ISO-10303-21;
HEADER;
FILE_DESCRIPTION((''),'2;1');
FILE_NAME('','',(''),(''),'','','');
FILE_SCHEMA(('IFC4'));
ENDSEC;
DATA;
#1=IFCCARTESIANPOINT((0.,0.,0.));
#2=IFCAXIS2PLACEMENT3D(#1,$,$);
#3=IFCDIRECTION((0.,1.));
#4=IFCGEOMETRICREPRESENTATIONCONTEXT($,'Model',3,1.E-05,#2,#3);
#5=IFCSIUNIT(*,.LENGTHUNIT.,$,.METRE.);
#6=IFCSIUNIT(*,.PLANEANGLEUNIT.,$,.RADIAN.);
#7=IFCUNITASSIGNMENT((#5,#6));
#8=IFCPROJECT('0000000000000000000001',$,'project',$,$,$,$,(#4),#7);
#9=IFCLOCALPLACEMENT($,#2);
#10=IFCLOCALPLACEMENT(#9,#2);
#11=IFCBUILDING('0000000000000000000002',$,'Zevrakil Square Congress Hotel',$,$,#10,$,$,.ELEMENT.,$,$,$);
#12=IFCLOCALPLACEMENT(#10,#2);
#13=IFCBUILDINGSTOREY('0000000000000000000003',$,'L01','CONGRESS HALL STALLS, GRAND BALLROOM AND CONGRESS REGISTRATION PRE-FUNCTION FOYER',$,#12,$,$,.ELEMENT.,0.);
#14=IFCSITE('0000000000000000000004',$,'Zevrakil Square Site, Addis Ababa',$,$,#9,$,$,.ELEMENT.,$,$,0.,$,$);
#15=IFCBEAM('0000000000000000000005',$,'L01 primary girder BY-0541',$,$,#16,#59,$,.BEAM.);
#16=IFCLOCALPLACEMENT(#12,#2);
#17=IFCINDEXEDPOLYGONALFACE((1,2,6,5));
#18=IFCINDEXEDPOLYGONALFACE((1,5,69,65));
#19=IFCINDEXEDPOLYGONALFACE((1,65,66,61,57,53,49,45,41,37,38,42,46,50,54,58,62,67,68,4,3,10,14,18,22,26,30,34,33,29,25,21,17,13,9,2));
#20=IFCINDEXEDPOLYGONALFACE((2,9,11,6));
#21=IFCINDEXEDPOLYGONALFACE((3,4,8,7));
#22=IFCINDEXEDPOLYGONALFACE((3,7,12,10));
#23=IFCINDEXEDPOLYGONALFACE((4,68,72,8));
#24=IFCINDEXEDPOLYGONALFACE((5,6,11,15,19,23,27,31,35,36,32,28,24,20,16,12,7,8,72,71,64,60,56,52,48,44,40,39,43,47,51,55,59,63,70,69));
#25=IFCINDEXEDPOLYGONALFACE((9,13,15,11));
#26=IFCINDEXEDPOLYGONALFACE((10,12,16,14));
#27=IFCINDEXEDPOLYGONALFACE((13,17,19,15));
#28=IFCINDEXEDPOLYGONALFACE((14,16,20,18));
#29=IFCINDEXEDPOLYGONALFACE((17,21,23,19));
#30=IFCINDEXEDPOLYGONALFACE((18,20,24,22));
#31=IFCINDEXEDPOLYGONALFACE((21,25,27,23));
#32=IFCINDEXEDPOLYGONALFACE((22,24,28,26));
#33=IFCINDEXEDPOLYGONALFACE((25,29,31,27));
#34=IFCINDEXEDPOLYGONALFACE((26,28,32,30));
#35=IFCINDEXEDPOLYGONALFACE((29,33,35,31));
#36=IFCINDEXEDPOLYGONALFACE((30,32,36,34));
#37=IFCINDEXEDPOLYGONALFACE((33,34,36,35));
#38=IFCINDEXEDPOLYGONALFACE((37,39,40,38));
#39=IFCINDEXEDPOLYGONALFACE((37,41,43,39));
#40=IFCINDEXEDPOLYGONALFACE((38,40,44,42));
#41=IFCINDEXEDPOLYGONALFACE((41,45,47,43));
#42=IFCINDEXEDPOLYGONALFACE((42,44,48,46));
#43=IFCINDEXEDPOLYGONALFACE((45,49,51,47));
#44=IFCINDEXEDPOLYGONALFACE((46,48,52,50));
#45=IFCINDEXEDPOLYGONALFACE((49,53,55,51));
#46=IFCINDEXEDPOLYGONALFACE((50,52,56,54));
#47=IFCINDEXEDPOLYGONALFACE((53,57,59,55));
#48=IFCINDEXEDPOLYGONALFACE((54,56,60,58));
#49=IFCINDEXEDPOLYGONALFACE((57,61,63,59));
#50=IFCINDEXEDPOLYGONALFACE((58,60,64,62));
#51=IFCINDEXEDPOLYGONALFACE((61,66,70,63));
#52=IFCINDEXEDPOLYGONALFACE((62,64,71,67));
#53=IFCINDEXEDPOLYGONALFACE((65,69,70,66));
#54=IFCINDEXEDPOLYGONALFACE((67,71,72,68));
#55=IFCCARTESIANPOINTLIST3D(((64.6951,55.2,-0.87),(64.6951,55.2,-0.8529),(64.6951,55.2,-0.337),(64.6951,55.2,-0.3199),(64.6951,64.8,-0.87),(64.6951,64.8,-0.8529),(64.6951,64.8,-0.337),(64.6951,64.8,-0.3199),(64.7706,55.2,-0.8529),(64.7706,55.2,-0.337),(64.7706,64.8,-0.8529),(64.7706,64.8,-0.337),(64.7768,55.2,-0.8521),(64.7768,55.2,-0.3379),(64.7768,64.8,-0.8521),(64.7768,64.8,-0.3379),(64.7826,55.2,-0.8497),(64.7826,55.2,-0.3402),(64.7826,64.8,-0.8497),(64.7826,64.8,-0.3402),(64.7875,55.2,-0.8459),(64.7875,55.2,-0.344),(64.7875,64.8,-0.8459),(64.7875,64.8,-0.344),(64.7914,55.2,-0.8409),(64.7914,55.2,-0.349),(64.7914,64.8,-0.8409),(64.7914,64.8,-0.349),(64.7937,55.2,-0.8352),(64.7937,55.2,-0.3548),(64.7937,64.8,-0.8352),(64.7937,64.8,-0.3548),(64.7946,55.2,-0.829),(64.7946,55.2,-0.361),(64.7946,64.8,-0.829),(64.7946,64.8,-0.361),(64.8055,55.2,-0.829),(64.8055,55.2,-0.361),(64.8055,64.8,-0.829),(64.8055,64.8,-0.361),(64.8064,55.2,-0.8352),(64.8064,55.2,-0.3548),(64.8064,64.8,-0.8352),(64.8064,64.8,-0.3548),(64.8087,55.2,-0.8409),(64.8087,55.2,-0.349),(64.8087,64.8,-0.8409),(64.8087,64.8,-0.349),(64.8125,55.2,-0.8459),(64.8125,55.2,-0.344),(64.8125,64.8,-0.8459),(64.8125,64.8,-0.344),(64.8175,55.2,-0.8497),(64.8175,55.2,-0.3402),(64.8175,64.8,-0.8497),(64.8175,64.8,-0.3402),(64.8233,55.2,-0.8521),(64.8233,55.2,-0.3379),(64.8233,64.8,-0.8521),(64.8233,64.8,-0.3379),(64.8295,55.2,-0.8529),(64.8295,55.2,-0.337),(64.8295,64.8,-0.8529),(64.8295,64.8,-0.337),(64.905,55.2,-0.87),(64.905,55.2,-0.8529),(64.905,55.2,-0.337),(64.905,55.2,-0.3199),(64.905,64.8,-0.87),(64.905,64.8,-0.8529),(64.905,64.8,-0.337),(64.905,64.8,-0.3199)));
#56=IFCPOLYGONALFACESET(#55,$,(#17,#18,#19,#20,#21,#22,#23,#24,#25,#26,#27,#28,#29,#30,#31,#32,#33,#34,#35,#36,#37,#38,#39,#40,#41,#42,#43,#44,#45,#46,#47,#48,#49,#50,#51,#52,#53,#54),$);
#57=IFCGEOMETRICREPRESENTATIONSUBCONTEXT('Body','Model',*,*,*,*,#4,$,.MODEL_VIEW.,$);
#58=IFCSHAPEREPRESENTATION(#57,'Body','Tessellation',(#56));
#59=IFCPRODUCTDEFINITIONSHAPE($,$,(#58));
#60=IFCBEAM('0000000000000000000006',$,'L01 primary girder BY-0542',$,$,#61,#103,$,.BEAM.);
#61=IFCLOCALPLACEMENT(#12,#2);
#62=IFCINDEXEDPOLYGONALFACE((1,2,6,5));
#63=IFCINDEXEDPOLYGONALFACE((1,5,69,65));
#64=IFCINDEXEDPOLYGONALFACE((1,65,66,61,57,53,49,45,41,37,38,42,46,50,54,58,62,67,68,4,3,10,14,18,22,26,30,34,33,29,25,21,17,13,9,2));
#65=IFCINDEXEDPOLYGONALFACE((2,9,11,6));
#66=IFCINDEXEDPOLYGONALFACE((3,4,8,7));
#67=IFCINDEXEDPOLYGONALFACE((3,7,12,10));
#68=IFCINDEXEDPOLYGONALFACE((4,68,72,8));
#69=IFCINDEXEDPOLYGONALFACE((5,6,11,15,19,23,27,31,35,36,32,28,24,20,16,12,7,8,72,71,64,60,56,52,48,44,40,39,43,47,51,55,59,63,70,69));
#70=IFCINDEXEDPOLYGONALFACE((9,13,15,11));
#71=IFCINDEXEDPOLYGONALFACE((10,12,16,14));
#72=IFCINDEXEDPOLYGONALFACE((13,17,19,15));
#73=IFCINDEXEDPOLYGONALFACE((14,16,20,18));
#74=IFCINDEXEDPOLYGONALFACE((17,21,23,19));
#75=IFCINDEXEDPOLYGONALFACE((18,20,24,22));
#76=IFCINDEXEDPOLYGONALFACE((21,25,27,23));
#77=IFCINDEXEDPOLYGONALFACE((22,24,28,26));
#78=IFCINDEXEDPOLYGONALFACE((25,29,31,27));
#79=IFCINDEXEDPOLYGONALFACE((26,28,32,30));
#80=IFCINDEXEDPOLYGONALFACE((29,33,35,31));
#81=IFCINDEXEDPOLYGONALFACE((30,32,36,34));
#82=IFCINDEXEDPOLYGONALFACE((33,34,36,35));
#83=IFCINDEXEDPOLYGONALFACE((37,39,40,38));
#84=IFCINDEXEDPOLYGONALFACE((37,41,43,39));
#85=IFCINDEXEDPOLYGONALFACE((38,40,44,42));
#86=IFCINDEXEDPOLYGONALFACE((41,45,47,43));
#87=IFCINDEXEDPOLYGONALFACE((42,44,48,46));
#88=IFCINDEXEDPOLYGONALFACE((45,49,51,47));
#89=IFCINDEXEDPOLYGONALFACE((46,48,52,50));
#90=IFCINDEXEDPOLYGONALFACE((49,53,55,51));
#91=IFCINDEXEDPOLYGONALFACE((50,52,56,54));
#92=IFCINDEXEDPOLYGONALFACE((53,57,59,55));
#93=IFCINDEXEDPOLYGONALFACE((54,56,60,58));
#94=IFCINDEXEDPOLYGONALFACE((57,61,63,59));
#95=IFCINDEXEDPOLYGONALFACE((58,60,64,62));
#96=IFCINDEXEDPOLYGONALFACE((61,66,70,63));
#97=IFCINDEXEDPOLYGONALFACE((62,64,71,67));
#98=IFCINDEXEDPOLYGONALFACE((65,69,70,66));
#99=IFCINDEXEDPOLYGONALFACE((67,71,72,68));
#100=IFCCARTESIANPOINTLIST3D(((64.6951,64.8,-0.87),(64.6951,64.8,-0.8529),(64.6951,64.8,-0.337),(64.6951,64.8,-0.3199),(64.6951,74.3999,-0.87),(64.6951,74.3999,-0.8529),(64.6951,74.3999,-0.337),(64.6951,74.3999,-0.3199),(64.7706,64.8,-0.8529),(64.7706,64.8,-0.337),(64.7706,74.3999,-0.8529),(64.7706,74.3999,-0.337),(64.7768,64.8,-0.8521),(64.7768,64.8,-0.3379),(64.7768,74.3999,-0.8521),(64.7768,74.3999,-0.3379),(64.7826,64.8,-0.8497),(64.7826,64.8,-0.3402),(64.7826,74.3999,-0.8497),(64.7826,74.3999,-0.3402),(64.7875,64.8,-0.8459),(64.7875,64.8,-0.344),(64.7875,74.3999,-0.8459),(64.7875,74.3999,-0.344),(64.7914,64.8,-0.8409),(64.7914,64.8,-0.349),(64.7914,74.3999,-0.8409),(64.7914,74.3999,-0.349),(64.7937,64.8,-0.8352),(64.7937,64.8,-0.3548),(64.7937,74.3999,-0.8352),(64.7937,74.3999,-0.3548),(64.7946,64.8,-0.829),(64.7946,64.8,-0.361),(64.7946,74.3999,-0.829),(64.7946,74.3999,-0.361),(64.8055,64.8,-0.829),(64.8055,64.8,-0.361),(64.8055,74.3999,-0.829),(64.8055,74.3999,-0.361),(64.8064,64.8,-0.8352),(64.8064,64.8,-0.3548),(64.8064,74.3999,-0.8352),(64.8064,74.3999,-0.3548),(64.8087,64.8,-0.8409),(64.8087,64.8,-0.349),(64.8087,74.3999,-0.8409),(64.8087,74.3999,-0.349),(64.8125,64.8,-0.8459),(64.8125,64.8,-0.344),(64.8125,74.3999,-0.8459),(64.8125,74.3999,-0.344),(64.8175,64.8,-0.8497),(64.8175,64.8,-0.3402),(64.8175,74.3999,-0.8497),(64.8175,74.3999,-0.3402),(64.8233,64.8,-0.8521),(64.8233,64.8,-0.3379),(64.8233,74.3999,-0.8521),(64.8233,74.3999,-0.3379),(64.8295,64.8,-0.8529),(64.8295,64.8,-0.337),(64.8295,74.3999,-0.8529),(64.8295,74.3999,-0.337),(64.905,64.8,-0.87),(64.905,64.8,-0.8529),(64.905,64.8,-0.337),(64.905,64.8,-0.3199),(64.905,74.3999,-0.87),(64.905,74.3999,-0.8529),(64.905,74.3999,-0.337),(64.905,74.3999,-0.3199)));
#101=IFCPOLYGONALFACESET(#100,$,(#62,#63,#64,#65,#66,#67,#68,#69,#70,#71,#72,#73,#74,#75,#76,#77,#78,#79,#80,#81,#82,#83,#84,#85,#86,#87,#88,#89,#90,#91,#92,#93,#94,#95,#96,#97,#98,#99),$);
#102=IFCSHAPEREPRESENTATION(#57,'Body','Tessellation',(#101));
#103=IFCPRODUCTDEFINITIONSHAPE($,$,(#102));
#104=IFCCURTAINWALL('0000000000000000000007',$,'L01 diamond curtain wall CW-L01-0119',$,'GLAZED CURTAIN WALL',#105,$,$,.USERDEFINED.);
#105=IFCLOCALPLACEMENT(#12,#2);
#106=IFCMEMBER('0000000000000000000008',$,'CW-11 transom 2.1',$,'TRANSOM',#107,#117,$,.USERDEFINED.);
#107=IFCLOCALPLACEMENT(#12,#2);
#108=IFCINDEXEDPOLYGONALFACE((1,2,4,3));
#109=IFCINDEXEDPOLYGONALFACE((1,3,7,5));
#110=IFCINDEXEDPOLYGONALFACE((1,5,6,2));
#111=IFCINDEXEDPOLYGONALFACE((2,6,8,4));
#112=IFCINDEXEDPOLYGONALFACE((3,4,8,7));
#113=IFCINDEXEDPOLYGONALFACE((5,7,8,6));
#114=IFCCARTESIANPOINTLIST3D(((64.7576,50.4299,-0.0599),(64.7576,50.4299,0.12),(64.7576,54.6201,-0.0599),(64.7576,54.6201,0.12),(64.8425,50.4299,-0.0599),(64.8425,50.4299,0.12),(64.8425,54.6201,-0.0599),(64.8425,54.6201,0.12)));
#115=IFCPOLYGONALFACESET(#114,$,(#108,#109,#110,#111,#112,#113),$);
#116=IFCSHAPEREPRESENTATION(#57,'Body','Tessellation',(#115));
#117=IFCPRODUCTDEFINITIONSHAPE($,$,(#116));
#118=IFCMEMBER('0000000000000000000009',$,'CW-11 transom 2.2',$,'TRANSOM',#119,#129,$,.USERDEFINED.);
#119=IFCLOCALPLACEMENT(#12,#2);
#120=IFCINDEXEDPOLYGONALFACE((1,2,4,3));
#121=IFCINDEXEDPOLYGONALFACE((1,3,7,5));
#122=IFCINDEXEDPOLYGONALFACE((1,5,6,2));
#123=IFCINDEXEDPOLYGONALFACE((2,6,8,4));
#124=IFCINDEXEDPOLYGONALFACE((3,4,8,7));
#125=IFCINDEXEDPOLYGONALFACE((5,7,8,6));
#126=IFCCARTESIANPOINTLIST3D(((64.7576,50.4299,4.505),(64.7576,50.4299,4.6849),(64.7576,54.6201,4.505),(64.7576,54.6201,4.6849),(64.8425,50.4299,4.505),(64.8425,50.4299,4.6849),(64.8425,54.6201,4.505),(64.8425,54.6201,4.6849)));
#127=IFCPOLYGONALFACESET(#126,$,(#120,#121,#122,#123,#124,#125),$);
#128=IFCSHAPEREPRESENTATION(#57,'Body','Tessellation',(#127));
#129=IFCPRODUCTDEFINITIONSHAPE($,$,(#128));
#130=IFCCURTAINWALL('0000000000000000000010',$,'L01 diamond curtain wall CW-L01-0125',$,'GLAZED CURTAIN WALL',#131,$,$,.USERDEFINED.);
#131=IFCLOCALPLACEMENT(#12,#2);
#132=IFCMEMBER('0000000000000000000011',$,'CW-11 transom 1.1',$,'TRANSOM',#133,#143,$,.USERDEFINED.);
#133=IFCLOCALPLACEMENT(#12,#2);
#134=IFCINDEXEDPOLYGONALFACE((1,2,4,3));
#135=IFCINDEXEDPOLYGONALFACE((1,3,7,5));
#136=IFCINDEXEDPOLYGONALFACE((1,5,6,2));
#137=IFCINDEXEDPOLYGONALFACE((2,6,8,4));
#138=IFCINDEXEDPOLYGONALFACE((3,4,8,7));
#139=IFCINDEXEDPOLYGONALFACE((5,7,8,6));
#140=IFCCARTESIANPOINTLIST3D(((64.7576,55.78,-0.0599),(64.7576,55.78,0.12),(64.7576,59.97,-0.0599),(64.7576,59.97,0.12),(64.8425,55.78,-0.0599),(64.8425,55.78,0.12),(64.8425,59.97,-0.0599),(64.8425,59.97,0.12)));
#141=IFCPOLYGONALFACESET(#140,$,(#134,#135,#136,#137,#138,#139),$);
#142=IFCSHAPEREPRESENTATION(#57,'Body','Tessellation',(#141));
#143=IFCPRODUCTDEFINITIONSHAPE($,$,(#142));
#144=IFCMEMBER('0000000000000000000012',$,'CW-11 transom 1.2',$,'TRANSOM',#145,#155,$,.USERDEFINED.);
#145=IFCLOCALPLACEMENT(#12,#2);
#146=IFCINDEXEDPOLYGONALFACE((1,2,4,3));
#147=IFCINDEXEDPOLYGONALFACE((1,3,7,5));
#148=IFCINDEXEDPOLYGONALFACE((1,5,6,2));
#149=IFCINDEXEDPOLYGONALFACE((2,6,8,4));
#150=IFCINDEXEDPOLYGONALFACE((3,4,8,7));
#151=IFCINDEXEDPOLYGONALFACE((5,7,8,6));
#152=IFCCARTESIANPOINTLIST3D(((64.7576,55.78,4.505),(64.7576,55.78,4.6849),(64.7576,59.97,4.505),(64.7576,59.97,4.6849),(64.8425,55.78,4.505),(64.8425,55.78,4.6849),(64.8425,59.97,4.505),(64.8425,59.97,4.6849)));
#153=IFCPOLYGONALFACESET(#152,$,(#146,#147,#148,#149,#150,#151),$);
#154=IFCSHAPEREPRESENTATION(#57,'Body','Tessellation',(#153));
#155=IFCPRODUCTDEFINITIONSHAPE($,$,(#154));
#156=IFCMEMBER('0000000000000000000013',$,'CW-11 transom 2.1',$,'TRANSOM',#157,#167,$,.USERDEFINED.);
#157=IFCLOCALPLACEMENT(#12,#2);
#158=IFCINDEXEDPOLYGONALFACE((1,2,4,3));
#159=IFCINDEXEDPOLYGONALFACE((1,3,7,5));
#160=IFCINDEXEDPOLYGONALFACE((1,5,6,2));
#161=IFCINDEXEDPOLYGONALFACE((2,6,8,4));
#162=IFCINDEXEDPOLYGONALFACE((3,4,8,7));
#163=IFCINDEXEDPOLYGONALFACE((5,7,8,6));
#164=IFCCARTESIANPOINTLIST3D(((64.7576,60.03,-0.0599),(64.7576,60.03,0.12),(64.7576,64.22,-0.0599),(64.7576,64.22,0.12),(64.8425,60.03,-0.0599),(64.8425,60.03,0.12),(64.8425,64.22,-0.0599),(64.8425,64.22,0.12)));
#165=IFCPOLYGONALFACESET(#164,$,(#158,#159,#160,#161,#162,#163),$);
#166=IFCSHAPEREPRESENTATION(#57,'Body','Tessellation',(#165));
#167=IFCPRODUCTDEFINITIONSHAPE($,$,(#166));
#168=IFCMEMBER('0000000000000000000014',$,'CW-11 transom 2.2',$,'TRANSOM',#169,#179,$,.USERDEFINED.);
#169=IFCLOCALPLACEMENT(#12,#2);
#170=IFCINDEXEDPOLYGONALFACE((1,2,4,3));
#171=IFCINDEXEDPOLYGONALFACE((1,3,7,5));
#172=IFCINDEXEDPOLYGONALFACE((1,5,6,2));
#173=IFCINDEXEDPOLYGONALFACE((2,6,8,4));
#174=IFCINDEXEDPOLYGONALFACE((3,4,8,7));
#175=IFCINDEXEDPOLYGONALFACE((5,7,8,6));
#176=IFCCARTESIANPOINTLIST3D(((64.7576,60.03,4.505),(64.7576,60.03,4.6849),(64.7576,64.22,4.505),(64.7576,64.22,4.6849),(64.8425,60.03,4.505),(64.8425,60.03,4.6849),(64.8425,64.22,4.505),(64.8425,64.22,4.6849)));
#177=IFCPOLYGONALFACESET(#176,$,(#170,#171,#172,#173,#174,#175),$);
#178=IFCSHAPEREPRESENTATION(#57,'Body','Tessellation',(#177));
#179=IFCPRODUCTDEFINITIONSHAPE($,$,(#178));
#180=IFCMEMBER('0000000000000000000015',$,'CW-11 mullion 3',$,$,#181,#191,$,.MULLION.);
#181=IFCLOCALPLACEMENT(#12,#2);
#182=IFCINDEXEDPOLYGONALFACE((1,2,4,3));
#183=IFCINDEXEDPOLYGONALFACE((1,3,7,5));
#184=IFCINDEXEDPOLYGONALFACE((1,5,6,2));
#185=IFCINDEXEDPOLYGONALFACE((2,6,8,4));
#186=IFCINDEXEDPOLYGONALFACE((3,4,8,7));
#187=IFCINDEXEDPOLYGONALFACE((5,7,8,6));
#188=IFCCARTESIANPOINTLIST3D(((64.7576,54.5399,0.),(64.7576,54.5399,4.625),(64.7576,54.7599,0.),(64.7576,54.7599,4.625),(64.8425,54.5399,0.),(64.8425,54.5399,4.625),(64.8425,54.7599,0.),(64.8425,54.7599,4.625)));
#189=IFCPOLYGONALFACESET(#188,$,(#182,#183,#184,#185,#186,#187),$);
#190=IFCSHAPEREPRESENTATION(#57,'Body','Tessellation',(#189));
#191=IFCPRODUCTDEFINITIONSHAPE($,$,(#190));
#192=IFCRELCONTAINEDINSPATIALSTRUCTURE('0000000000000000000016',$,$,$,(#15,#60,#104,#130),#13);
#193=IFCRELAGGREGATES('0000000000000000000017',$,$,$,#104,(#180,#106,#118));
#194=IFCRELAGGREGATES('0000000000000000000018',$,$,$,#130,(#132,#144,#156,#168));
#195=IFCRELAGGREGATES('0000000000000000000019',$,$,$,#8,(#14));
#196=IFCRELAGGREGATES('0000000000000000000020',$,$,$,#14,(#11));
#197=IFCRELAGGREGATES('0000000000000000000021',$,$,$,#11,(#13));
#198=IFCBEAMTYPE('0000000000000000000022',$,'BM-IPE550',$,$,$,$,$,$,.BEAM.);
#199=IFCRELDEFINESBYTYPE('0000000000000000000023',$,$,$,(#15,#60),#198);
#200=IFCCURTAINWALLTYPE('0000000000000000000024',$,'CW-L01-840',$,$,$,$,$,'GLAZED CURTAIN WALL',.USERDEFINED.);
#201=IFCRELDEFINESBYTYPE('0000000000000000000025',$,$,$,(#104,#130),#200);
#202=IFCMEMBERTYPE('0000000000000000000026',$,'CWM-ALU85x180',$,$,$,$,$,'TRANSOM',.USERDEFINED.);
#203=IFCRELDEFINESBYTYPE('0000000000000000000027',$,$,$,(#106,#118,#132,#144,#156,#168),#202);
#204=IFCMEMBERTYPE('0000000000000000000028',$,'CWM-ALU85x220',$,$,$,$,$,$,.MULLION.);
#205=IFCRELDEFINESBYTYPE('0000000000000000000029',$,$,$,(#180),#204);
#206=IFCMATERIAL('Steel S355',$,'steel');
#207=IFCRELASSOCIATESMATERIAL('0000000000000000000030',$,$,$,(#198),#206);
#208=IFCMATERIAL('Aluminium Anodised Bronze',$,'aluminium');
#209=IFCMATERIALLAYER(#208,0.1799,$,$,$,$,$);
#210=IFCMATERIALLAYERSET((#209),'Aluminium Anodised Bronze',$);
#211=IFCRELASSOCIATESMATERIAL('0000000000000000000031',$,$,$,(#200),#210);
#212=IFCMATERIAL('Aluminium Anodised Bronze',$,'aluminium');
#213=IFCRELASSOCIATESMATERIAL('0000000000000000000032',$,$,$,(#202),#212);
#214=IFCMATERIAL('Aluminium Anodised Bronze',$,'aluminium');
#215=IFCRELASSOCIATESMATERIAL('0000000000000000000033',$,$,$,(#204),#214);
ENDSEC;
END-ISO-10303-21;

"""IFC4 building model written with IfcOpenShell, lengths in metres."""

from ifc_helpers import new_model, si_unit, direction, frame, origin, origin_2d, place, context, subcontext, project, spatial, rectangle, i_section, extrude, material, layer, layer_set, material_profile, profile_set, type_object, element, aggregate, save


model = new_model("IFC4")

# Units and contexts
model_context = context("Model", 3, precision=1e-05, world=origin(), true_north=direction((0.0, 1.0)))
body_context = subcontext(model_context, "Body", "Model", "MODEL_VIEW")
ifc_project = project(units=[si_unit("LENGTHUNIT", "METRE"), si_unit("PLANEANGLEUNIT", "RADIAN")], contexts=[model_context])

# Site, building, storey
site_placement = place(None, origin())
site = spatial("IfcSite", under=ifc_project, at=site_placement, Name="Zevrakil Square Site, Addis Ababa", CompositionType="ELEMENT", RefElevation=0.0)
building_placement = place(site_placement, origin())
building = spatial("IfcBuilding", under=site, at=building_placement, Name="Zevrakil Square Congress Hotel", CompositionType="ELEMENT")
storey_placement = place(building_placement, origin())
storey = spatial("IfcBuildingStorey", under=building, at=storey_placement, Name="L01", Description="CONGRESS HALL STALLS, GRAND BALLROOM AND CONGRESS REGISTRATION PRE-FUNCTION FOYER", CompositionType="ELEMENT", Elevation=0.0)

# Beams
ifc_material_1 = material(Name="Steel S355", Category="steel")
ifc_material_profile_1 = material_profile(ifc_material_1, i_section(OverallWidth=0.21, OverallDepth=0.55, WebThickness=0.011, FlangeThickness=0.0171, FilletRadius=0.0239, at=origin_2d()), Name="IPE 550")
ifc_profile_set_1 = profile_set([ifc_material_profile_1], Name="Steel S355")
beam_type_1 = type_object("IfcBeamType", Name="BM-IPE550", PredefinedType="BEAM", material=ifc_profile_set_1)
beam_1_placement = place(storey_placement, frame((64.8, 55.2, -0.595), z_axis=(0.0, 1.0, 0.0), x_axis=(-1.0, 0.0, 0.0)))
element("IfcBeam", 1, at=beam_1_placement, inside=storey, type_object=beam_type_1, Name="L01 primary girder BY-0541", PredefinedType="BEAM", context=body_context, shape_type="SweptSolid", body=[
    extrude(i_section(OverallWidth=0.21, OverallDepth=0.55, WebThickness=0.011, FlangeThickness=0.0171, FilletRadius=0.0239, at=origin_2d()), origin(), (0.0, 0.0, 1.0), 9.6001),
])
beam_2_placement = place(storey_placement, frame((64.8, 64.8, -0.595), z_axis=(0.0, 1.0, 0.0), x_axis=(-1.0, 0.0, 0.0)))
element("IfcBeam", 2, at=beam_2_placement, inside=storey, type_object=beam_type_1, Name="L01 primary girder BY-0542", PredefinedType="BEAM", context=body_context, shape_type="SweptSolid", body=[
    extrude(i_section(OverallWidth=0.21, OverallDepth=0.55, WebThickness=0.011, FlangeThickness=0.0171, FilletRadius=0.0239, at=origin_2d()), origin(), (0.0, 0.0, 1.0), 9.5999),
])

# Curtain walls, members
ifc_material_2 = material(Name="Aluminium Anodised Bronze", Category="aluminium")
ifc_layer_1 = layer(ifc_material_2, 0.1799)
ifc_layer_set_1 = layer_set([ifc_layer_1], Name="Aluminium Anodised Bronze")
curtain_wall_type = type_object("IfcCurtainWallType", Name="CW-L01-840", ElementType="GLAZED CURTAIN WALL", PredefinedType="USERDEFINED", material=ifc_layer_set_1)
curtain_wall_1_placement = place(storey_placement, origin())
curtain_wall_1 = element("IfcCurtainWall", 3, at=curtain_wall_1_placement, inside=storey, type_object=curtain_wall_type, Name="L01 diamond curtain wall CW-L01-0119", ObjectType="GLAZED CURTAIN WALL", PredefinedType="USERDEFINED")
ifc_material_3 = material(Name="Aluminium Anodised Bronze", Category="aluminium")
ifc_material_profile_2 = material_profile(ifc_material_3, rectangle(XDim=0.085, YDim=0.1799, at=origin_2d()), Name="ALU 85x180")
ifc_profile_set_2 = profile_set([ifc_material_profile_2], Name="Aluminium Anodised Bronze")
member_type_1 = type_object("IfcMemberType", Name="CWM-ALU85x180", ElementType="TRANSOM", PredefinedType="USERDEFINED", material=ifc_profile_set_2)
member_1_placement = place(storey_placement, frame((64.8, 50.4299, 0.03), z_axis=(0.0, 1.0, 0.0), x_axis=(-1.0, 0.0, 0.0)))
member_1 = element("IfcMember", 4, at=member_1_placement, type_object=member_type_1, Name="CW-11 transom 2.1", ObjectType="TRANSOM", PredefinedType="USERDEFINED", context=body_context, shape_type="SweptSolid", body=[
    extrude(rectangle(XDim=0.085, YDim=0.1799, at=origin_2d()), origin(), (0.0, 0.0, 1.0), 4.1902),
])
member_2_placement = place(storey_placement, frame((64.8, 50.4299, 4.595), z_axis=(0.0, 1.0, 0.0), x_axis=(-1.0, 0.0, 0.0)))
member_2 = element("IfcMember", 5, at=member_2_placement, type_object=member_type_1, Name="CW-11 transom 2.2", ObjectType="TRANSOM", PredefinedType="USERDEFINED", context=body_context, shape_type="SweptSolid", body=[
    extrude(rectangle(XDim=0.085, YDim=0.1799, at=origin_2d()), origin(), (0.0, 0.0, 1.0), 4.1902),
])
curtain_wall_2_placement = place(storey_placement, origin())
curtain_wall_2 = element("IfcCurtainWall", 6, at=curtain_wall_2_placement, inside=storey, type_object=curtain_wall_type, Name="L01 diamond curtain wall CW-L01-0125", ObjectType="GLAZED CURTAIN WALL", PredefinedType="USERDEFINED")
member_3_placement = place(storey_placement, frame((64.8, 55.78, 0.03), z_axis=(0.0, 1.0, 0.0), x_axis=(-1.0, 0.0, 0.0)))
member_3 = element("IfcMember", 7, at=member_3_placement, type_object=member_type_1, Name="CW-11 transom 1.1", ObjectType="TRANSOM", PredefinedType="USERDEFINED", context=body_context, shape_type="SweptSolid", body=[
    extrude(rectangle(XDim=0.085, YDim=0.1799, at=origin_2d()), origin(), (0.0, 0.0, 1.0), 4.1899),
])
member_4_placement = place(storey_placement, frame((64.8, 55.78, 4.595), z_axis=(0.0, 1.0, 0.0), x_axis=(-1.0, 0.0, 0.0)))
member_4 = element("IfcMember", 8, at=member_4_placement, type_object=member_type_1, Name="CW-11 transom 1.2", ObjectType="TRANSOM", PredefinedType="USERDEFINED", context=body_context, shape_type="SweptSolid", body=[
    extrude(rectangle(XDim=0.085, YDim=0.1799, at=origin_2d()), origin(), (0.0, 0.0, 1.0), 4.1899),
])
member_5_placement = place(storey_placement, frame((64.8, 60.03, 0.03), z_axis=(0.0, 1.0, 0.0), x_axis=(-1.0, 0.0, 0.0)))
member_5 = element("IfcMember", 9, at=member_5_placement, type_object=member_type_1, Name="CW-11 transom 2.1", ObjectType="TRANSOM", PredefinedType="USERDEFINED", context=body_context, shape_type="SweptSolid", body=[
    extrude(rectangle(XDim=0.085, YDim=0.1799, at=origin_2d()), origin(), (0.0, 0.0, 1.0), 4.1899),
])
member_6_placement = place(storey_placement, frame((64.8, 60.03, 4.595), z_axis=(0.0, 1.0, 0.0), x_axis=(-1.0, 0.0, 0.0)))
member_6 = element("IfcMember", 10, at=member_6_placement, type_object=member_type_1, Name="CW-11 transom 2.2", ObjectType="TRANSOM", PredefinedType="USERDEFINED", context=body_context, shape_type="SweptSolid", body=[
    extrude(rectangle(XDim=0.085, YDim=0.1799, at=origin_2d()), origin(), (0.0, 0.0, 1.0), 4.1899),
])

# Member
ifc_material_4 = material(Name="Aluminium Anodised Bronze", Category="aluminium")
ifc_material_profile_3 = material_profile(ifc_material_4, rectangle(XDim=0.085, YDim=0.22, at=origin_2d()), Name="ALU 85x220")
ifc_profile_set_3 = profile_set([ifc_material_profile_3], Name="Aluminium Anodised Bronze")
member_type_2 = type_object("IfcMemberType", Name="CWM-ALU85x220", PredefinedType="MULLION", material=ifc_profile_set_3)
member_7_placement = place(storey_placement, frame((64.8, 54.6499, 0.0), z_axis=(0.0, 0.0, 1.0), x_axis=(-1.0, 0.0, 0.0)))
member_7 = element("IfcMember", 11, at=member_7_placement, type_object=member_type_2, Name="CW-11 mullion 3", PredefinedType="MULLION", context=body_context, shape_type="SweptSolid", body=[
    extrude(rectangle(XDim=0.085, YDim=0.22, at=origin_2d()), origin(), (0.0, 0.0, 1.0), 4.625),
])

aggregate(curtain_wall_1, [member_7, member_1, member_2])
aggregate(curtain_wall_2, [member_3, member_4, member_5, member_6])

save(model, "model.ifc")
